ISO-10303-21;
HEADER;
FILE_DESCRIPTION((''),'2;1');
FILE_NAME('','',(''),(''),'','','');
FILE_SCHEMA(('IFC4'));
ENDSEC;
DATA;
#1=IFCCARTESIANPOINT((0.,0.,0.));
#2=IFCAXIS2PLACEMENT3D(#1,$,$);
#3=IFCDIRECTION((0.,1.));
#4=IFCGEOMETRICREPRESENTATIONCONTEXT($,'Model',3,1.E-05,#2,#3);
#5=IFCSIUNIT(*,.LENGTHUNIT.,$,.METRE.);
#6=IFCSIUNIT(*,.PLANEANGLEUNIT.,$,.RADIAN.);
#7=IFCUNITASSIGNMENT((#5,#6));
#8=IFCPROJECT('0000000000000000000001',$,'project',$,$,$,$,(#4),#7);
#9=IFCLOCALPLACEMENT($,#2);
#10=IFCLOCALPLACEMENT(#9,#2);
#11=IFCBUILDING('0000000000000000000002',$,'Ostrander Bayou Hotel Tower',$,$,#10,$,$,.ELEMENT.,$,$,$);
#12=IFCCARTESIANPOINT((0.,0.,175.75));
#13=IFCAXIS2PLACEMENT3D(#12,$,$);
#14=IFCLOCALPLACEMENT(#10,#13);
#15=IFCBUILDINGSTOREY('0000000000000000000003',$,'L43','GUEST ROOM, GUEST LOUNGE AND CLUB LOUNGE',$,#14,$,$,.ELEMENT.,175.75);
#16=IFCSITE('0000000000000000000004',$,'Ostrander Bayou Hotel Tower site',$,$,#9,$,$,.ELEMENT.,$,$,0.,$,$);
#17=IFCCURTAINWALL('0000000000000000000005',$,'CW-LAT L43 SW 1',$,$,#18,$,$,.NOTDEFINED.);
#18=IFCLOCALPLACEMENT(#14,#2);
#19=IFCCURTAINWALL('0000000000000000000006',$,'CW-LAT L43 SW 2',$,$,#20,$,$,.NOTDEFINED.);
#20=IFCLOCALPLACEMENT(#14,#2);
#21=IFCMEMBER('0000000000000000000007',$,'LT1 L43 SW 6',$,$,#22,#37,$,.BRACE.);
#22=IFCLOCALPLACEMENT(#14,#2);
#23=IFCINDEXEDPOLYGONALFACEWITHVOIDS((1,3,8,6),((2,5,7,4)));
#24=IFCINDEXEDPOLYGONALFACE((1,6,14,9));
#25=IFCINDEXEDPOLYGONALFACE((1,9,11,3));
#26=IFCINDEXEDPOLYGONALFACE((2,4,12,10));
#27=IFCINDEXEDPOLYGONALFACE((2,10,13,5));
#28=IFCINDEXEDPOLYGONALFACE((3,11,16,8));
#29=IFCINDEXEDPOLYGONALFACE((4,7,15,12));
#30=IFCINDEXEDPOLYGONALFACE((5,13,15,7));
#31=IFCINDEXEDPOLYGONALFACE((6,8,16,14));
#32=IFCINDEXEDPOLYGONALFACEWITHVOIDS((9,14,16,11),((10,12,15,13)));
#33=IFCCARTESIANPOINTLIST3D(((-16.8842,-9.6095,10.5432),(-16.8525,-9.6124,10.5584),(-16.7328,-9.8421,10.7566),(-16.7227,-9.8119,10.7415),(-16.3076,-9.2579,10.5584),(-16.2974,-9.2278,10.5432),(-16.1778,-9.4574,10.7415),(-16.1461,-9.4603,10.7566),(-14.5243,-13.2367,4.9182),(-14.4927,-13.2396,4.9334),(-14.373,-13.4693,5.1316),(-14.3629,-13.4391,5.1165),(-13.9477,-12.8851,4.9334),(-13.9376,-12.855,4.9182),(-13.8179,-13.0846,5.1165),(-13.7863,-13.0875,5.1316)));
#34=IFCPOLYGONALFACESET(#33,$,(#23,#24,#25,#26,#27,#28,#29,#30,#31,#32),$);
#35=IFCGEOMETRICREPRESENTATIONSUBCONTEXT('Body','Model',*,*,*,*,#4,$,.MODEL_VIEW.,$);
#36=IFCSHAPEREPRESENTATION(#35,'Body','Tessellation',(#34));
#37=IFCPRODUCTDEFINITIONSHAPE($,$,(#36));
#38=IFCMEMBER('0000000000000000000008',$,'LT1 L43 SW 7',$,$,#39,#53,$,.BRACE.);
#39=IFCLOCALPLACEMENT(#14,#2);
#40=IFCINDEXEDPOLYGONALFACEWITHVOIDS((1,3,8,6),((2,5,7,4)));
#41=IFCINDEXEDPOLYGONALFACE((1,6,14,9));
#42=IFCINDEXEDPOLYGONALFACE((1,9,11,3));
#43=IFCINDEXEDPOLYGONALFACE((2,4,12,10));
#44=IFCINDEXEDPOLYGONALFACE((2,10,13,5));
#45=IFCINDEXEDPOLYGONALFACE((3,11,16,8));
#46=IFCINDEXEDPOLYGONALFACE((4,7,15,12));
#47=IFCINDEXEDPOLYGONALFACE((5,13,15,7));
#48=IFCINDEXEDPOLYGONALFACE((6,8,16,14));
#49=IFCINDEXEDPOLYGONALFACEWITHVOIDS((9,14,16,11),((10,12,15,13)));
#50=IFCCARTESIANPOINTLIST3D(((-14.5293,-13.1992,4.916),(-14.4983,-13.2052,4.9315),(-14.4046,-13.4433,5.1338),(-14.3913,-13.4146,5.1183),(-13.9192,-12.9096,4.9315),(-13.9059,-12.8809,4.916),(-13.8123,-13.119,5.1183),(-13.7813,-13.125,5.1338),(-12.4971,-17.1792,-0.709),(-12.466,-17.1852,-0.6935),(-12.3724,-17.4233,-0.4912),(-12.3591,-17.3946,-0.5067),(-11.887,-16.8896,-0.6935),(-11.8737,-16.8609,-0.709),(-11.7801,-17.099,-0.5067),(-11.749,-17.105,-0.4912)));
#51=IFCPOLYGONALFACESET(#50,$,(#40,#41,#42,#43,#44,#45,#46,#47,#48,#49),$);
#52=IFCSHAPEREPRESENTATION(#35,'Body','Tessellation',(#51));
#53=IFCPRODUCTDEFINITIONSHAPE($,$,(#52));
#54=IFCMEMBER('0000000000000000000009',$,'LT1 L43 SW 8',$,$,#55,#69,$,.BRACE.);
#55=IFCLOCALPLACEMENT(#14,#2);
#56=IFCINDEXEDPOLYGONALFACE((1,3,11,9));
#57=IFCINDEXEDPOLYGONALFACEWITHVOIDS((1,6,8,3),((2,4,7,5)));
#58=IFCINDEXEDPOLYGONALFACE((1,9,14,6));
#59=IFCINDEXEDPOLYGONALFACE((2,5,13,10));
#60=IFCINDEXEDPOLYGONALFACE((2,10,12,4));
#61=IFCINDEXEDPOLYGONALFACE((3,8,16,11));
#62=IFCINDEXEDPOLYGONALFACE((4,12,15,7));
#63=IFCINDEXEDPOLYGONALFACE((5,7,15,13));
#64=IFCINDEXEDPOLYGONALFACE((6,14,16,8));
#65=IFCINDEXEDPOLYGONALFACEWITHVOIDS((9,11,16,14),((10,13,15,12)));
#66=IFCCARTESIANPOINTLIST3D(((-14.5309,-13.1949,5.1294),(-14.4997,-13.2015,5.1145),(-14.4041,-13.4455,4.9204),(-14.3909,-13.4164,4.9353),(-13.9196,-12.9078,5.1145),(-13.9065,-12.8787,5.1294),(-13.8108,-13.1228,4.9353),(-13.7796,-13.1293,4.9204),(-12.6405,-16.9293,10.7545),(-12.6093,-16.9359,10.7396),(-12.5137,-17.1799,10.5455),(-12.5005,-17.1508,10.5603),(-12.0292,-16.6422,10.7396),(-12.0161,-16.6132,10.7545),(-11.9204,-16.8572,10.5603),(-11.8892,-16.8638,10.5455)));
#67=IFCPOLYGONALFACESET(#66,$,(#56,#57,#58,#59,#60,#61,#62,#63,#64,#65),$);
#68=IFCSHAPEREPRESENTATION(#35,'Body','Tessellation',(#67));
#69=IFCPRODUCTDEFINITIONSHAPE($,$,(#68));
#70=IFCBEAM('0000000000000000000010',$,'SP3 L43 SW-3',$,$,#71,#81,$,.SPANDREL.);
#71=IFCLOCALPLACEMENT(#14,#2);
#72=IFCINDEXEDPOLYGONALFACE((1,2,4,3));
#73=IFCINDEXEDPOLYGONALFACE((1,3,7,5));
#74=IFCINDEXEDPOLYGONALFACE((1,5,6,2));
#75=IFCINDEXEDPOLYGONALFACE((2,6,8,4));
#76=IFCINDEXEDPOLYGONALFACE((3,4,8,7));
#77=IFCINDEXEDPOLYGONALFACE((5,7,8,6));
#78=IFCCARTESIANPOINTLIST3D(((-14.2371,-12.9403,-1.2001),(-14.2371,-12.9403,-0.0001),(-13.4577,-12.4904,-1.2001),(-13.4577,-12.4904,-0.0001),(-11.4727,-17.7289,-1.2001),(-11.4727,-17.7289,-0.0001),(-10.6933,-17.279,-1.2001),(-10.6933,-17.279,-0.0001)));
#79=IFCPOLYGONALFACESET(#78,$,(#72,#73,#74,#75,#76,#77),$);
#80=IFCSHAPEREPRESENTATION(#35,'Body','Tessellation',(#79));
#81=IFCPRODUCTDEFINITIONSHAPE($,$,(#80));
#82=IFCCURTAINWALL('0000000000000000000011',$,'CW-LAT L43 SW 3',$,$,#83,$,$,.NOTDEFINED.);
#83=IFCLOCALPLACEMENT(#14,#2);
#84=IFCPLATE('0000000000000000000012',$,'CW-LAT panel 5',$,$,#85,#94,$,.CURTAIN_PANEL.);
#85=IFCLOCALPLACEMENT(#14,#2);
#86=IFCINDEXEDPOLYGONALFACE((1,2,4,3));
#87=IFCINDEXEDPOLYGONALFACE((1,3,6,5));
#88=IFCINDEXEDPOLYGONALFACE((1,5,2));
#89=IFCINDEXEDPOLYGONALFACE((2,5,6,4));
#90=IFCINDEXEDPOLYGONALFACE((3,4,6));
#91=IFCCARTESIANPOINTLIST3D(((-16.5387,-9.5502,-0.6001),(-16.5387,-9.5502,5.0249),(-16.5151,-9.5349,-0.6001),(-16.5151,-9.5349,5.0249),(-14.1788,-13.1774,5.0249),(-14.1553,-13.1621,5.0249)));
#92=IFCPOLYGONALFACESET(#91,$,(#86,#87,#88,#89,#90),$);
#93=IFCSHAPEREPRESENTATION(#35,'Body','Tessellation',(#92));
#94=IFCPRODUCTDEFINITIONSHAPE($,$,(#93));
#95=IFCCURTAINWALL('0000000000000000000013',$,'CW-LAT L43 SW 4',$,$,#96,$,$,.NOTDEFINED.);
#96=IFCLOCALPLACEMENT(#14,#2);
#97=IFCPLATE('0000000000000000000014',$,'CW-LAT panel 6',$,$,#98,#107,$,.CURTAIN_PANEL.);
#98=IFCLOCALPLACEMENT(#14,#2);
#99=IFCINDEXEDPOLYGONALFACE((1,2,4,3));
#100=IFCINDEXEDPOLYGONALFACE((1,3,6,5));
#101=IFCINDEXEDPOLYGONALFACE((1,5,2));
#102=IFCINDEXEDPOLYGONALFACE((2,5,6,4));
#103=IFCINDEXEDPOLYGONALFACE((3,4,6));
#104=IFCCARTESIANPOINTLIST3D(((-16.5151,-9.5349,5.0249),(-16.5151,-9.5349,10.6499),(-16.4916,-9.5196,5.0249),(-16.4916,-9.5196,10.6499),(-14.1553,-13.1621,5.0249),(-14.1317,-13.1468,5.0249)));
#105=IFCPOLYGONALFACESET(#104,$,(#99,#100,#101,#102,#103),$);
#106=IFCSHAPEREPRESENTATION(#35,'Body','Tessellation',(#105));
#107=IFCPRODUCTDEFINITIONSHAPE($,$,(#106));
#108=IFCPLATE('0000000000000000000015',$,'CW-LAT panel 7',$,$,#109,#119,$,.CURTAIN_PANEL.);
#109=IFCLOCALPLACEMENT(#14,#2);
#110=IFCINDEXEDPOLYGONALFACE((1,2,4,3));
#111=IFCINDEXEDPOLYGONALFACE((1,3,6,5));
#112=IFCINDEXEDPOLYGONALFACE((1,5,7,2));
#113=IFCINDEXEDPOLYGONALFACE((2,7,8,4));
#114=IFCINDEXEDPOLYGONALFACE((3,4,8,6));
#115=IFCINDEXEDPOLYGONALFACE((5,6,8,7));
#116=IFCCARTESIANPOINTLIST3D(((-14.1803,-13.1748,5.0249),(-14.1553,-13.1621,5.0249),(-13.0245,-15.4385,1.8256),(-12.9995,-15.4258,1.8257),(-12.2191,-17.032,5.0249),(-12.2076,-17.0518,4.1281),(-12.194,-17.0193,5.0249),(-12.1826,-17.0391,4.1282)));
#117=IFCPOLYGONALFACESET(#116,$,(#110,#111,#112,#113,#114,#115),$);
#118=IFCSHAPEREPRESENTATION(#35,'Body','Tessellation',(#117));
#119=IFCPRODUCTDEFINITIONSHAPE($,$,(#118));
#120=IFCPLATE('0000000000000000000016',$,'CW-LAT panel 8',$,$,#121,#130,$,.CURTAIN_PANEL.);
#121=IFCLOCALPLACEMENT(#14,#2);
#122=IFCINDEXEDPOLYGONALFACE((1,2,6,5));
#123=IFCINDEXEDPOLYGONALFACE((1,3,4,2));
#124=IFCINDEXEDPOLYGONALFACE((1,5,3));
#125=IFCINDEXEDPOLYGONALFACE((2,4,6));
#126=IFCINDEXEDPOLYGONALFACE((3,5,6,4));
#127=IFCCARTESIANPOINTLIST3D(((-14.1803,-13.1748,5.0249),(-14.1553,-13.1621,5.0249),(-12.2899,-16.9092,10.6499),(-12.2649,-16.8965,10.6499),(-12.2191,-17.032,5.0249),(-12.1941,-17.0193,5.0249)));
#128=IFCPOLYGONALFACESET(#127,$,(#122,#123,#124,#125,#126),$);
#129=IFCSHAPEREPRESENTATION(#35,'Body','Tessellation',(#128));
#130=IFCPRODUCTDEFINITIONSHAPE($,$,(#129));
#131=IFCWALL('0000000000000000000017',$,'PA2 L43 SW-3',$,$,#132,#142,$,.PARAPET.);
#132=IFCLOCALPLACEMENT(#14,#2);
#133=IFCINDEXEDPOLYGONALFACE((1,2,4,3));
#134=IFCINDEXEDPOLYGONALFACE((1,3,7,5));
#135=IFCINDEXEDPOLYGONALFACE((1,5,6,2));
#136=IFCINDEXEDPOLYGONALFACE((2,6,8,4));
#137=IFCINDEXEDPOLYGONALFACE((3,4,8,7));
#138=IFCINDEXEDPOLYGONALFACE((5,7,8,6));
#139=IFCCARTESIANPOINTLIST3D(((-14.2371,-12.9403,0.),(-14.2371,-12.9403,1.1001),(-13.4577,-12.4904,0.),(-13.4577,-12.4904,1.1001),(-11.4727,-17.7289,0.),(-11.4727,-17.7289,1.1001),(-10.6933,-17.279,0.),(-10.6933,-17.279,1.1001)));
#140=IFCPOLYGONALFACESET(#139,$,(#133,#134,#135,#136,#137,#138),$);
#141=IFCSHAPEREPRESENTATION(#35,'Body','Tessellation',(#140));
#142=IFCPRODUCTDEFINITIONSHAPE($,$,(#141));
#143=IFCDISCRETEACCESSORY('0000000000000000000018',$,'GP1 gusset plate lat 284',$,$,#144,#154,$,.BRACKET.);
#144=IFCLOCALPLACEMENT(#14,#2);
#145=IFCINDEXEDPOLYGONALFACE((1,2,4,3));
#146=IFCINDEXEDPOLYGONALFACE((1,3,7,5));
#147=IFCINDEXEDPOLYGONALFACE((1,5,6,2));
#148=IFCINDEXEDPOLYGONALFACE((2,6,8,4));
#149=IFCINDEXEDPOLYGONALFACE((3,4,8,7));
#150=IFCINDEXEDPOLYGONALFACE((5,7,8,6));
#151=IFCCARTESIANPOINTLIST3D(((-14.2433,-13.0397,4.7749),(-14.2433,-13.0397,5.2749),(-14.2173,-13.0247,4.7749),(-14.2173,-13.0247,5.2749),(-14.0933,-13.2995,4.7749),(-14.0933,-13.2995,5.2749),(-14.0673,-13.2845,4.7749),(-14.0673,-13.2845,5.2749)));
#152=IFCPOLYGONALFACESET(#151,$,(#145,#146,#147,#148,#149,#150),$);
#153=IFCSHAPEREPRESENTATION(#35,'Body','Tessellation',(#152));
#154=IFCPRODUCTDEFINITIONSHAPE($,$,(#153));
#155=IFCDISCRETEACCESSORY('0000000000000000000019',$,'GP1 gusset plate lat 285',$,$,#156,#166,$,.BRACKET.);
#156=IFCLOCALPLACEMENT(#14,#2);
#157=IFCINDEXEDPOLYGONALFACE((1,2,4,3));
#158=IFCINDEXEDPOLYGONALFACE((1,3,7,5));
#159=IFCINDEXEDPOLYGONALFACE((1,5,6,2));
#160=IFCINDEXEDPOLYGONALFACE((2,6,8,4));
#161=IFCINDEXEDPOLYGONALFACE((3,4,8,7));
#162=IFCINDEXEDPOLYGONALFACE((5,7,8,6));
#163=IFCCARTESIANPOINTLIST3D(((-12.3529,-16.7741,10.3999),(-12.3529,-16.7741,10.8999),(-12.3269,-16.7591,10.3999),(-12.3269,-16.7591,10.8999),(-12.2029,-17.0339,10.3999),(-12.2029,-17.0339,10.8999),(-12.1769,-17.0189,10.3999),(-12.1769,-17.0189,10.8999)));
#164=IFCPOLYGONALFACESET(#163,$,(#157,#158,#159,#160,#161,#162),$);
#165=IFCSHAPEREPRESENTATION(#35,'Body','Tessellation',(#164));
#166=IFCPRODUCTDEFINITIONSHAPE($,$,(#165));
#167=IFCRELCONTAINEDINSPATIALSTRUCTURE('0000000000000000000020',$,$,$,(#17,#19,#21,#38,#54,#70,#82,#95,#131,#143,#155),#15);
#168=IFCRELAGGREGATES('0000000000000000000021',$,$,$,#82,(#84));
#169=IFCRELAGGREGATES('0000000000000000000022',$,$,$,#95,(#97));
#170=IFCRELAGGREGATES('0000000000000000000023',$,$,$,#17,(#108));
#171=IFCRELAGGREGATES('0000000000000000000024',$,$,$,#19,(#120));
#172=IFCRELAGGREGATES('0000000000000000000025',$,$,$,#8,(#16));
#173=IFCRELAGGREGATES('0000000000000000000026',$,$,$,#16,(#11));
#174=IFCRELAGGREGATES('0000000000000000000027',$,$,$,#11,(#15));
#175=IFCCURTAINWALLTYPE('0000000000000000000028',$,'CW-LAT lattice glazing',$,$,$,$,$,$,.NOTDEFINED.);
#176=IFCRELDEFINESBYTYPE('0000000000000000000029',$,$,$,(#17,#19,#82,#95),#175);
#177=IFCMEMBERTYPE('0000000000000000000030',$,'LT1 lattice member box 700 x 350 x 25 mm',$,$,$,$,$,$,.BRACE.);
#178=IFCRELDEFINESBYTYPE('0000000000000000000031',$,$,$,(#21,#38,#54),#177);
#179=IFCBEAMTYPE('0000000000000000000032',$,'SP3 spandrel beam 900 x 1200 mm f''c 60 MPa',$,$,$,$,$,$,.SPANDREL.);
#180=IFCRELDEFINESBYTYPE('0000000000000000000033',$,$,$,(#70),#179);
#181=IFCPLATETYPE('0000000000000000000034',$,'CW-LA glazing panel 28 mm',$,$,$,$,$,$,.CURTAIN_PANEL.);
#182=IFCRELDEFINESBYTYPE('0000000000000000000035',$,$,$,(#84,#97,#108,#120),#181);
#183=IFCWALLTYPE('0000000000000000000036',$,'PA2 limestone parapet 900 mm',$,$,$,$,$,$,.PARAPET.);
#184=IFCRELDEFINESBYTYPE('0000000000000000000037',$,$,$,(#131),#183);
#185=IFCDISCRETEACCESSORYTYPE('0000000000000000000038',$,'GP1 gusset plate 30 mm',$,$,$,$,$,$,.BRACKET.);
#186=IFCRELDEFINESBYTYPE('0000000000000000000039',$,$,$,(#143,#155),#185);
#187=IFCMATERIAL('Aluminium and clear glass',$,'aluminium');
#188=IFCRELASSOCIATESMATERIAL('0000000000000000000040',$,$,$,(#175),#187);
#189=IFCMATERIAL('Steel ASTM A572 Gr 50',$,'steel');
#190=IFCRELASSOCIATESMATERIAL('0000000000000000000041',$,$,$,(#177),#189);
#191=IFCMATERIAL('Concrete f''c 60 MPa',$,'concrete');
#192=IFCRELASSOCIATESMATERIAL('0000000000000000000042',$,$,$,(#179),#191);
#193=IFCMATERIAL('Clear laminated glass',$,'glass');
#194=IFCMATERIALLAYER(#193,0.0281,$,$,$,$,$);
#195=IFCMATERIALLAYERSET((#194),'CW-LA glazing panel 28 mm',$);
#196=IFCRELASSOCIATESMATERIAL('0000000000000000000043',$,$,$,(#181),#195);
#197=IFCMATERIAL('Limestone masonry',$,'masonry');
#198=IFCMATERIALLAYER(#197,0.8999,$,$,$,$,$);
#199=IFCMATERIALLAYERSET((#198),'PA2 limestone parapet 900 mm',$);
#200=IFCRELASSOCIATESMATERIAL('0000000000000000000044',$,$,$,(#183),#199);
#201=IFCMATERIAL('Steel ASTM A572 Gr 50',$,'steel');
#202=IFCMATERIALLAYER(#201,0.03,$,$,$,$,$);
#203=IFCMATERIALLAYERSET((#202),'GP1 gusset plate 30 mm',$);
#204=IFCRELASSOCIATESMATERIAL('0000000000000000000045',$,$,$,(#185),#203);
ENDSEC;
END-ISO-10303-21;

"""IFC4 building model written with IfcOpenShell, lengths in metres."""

from ifc_helpers import new_model, si_unit, direction, frame, frame_2d, origin, origin_2d, place, context, subcontext, project, spatial, polyline, rectangle, hollow_rectangle, outline, extrude, material, layer, layer_set, material_profile, profile_set, type_object, element, aggregate, save


model = new_model("IFC4")

# Units and contexts
model_context = context("Model", 3, precision=1e-05, world=origin(), true_north=direction((0.0, 1.0)))
body_context = subcontext(model_context, "Body", "Model", "MODEL_VIEW")
ifc_project = project(units=[si_unit("LENGTHUNIT", "METRE"), si_unit("PLANEANGLEUNIT", "RADIAN")], contexts=[model_context])

# Site, building, storey
site_placement = place(None, origin())
site = spatial("IfcSite", under=ifc_project, at=site_placement, Name="Ostrander Bayou Hotel Tower site", CompositionType="ELEMENT", RefElevation=0.0)
building_placement = place(site_placement, origin())
building = spatial("IfcBuilding", under=site, at=building_placement, Name="Ostrander Bayou Hotel Tower", CompositionType="ELEMENT")
storey_placement = place(building_placement, frame((0.0, 0.0, 175.75)))
storey = spatial("IfcBuildingStorey", under=building, at=storey_placement, Name="L43", Description="GUEST ROOM, GUEST LOUNGE AND CLUB LOUNGE", CompositionType="ELEMENT", Elevation=175.75)

# Curtain walls
ifc_material_1 = material(Name="Aluminium and clear glass", Category="aluminium")
curtain_wall_type = type_object("IfcCurtainWallType", Name="CW-LAT lattice glazing", PredefinedType="NOTDEFINED", material=ifc_material_1)
curtain_wall_1_placement = place(storey_placement, origin())
curtain_wall_1 = element("IfcCurtainWall", 1, at=curtain_wall_1_placement, inside=storey, type_object=curtain_wall_type, Name="CW-LAT L43 SW 1", PredefinedType="NOTDEFINED")
curtain_wall_2_placement = place(storey_placement, origin())
curtain_wall_2 = element("IfcCurtainWall", 2, at=curtain_wall_2_placement, inside=storey, type_object=curtain_wall_type, Name="CW-LAT L43 SW 2", PredefinedType="NOTDEFINED")

# Members
ifc_material_2 = material(Name="Steel ASTM A572 Gr 50", Category="steel")
ifc_material_profile_1 = material_profile(ifc_material_2, hollow_rectangle(XDim=0.7, YDim=0.3501, WallThickness=0.0249, at=origin_2d()))
ifc_profile_set_1 = profile_set([ifc_material_profile_1], Name="Steel ASTM A572 Gr 50")
member_type_1 = type_object("IfcMemberType", Name="LT1 lattice member box 700 x 350 x 25 mm", PredefinedType="BRACE", material=ifc_profile_set_1)
for number, where, z_axis, x_axis, name in (
    (3, (-14.1553, -13.1621, 5.0249), (-0.33252, 0.511095, 0.792598), (-0.838213, -0.545343, 0.0), "LT1 L43 SW 6"),
):
    element("IfcMember", number, at=place(storey_placement, frame(where, z_axis=z_axis, x_axis=x_axis)), inside=storey, type_object=member_type_1, Name=name, PredefinedType="BRACE", context=body_context, shape_type="SweptSolid", body=[
        extrude(hollow_rectangle(XDim=0.7, YDim=0.3501, WallThickness=0.0249, at=origin_2d()), origin(), (0.0, 0.0, 1.0), 7.0969),
    ])
member_1_placement = place(storey_placement, frame((-14.1553, -13.1621, 5.0249), z_axis=(0.28288, -0.554001, -0.782983), x_axis=(0.890615, 0.454759, 0.0)))
element("IfcMember", 4, at=member_1_placement, inside=storey, type_object=member_type_1, Name="LT1 L43 SW 7", PredefinedType="BRACE", context=body_context, shape_type="SweptSolid", body=[
    extrude(hollow_rectangle(XDim=0.7, YDim=0.3501, WallThickness=0.0249, at=origin_2d()), origin(), (0.0, 0.0, 1.0), 7.1841),
])
member_2_placement = place(storey_placement, frame((-14.1553, -13.1621, 5.0249), z_axis=(0.269615, -0.532615, 0.802265), x_axis=(0.8922, 0.451641, 0.0)))
element("IfcMember", 5, at=member_2_placement, inside=storey, type_object=member_type_1, Name="LT1 L43 SW 8", PredefinedType="BRACE", context=body_context, shape_type="SweptSolid", body=[
    extrude(hollow_rectangle(XDim=0.7, YDim=0.3501, WallThickness=0.0249, at=origin_2d()), origin(), (0.0, 0.0, 1.0), 7.0115),
])

# Beam
ifc_material_3 = material(Name="Concrete f'c 60 MPa", Category="concrete")
ifc_material_profile_2 = material_profile(ifc_material_3, rectangle(XDim=0.8999, YDim=1.2, at=origin_2d()))
ifc_profile_set_2 = profile_set([ifc_material_profile_2], Name="Concrete f'c 60 MPa")
beam_type_1 = type_object("IfcBeamType", Name="SP3 spandrel beam 900 x 1200 mm f'c 60 MPa", PredefinedType="SPANDREL", material=ifc_profile_set_2)
beam_1_placement = place(storey_placement, frame((-13.8474, -12.7153, -0.6001), z_axis=(0.499962, -0.866047, 0.0), x_axis=(0.866047, 0.499962, 0.0)))
element("IfcBeam", 6, at=beam_1_placement, inside=storey, type_object=beam_type_1, Name="SP3 L43 SW-3", PredefinedType="SPANDREL", context=body_context, shape_type="SweptSolid", body=[
    extrude(rectangle(XDim=0.8999, YDim=1.2, at=origin_2d()), origin(), (0.0, 0.0, 1.0), 5.5293),
])

# Curtain walls, plates
curtain_wall_3_placement = place(storey_placement, origin())
curtain_wall_3 = element("IfcCurtainWall", 7, at=curtain_wall_3_placement, inside=storey, type_object=curtain_wall_type, Name="CW-LAT L43 SW 3", PredefinedType="NOTDEFINED")
ifc_material_4 = material(Name="Clear laminated glass", Category="glass")
ifc_layer_1 = layer(ifc_material_4, 0.0281)
ifc_layer_set_1 = layer_set([ifc_layer_1], Name="CW-LA glazing panel 28 mm")
plate_type = type_object("IfcPlateType", Name="CW-LA glazing panel 28 mm", PredefinedType="CURTAIN_PANEL", material=ifc_layer_set_1)
plate_1_placement = place(storey_placement, frame((-14.1553, -13.1621, 5.0249), z_axis=(0.838213, 0.545343, 0.0), x_axis=(-0.33252, 0.511095, -0.792598)))
plate_1 = element("IfcPlate", 8, at=plate_1_placement, type_object=plate_type, Name="CW-LAT panel 5", PredefinedType="CURTAIN_PANEL", context=body_context, shape_type="SweptSolid", body=[
    extrude(outline(polyline([(0.0, 0.0), (7.0969, 0.0), (2.6385, 3.4298), (0.0, 0.0)])), origin(), (0.0, 0.0, -1.0), 0.0281),
])
aggregate(curtain_wall_3, [plate_1])
curtain_wall_4_placement = place(storey_placement, origin())
curtain_wall_4 = element("IfcCurtainWall", 9, at=curtain_wall_4_placement, inside=storey, type_object=curtain_wall_type, Name="CW-LAT L43 SW 4", PredefinedType="NOTDEFINED")
plate_2_placement = place(storey_placement, frame((-14.1553, -13.1621, 5.0249), z_axis=(-0.838213, -0.545343, 0.0), x_axis=(-0.33252, 0.511095, 0.792598)))
plate_2 = element("IfcPlate", 10, at=plate_2_placement, type_object=plate_type, Name="CW-LAT panel 6", PredefinedType="CURTAIN_PANEL", context=body_context, shape_type="SweptSolid", body=[
    extrude(outline(polyline([(0.0, 0.0), (7.0969, 0.0), (2.6385, 3.4298), (0.0, 0.0)])), origin(), (0.0, 0.0, -1.0), 0.0281),
])
aggregate(curtain_wall_4, [plate_2])

# Plates
plate_3_placement = place(storey_placement, frame((-14.1553, -13.1621, 5.0249), z_axis=(0.891387, 0.453241, 0.001345), x_axis=(0.453241, -0.891388, 0.0)))
plate_3 = element("IfcPlate", 11, at=plate_3_placement, type_object=plate_type, Name="CW-LAT panel 7", PredefinedType="CURTAIN_PANEL", context=body_context, shape_type="SweptSolid", body=[
    extrude(outline(polyline([(0.0, 0.0), (4.3271, 0.0), (4.35, 0.8967), (2.5416, 3.1992), (0.0, 0.0)])), origin(), (0.0, 0.0, -1.0), 0.0281),
])
aggregate(curtain_wall_1, [plate_3])
plate_4_placement = place(storey_placement, frame((-14.1553, -13.1621, 5.0249), z_axis=(0.891393, 0.453229, 0.001325), x_axis=(0.269615, -0.532615, 0.802265)))
plate_4 = element("IfcPlate", 12, at=plate_4_placement, type_object=plate_type, Name="CW-LAT panel 8", PredefinedType="CURTAIN_PANEL", context=body_context, shape_type="SweptSolid", body=[
    extrude(outline(polyline([(0.0, 0.0), (7.0114, 0.0), (2.5832, 3.4715), (0.0, 0.0)])), origin(), (0.0, 0.0, -1.0), 0.0281),
])
aggregate(curtain_wall_2, [plate_4])

# Wall
ifc_material_5 = material(Name="Limestone masonry", Category="masonry")
ifc_layer_2 = layer(ifc_material_5, 0.8999)
ifc_layer_set_2 = layer_set([ifc_layer_2], Name="PA2 limestone parapet 900 mm")
wall_type = type_object("IfcWallType", Name="PA2 limestone parapet 900 mm", PredefinedType="PARAPET", material=ifc_layer_set_2)
wall_placement = place(storey_placement, frame((-13.8474, -12.7153, 0.0), z_axis=(0.0, 0.0, 1.0), x_axis=(0.499962, -0.866047, 0.0)))
element("IfcWall", 13, at=wall_placement, inside=storey, type_object=wall_type, Name="PA2 L43 SW-3", PredefinedType="PARAPET", context=body_context, shape_type="SweptSolid", body=[
    extrude(rectangle(XDim=5.5293, YDim=0.8999, at=frame_2d((2.7646, 0.0))), origin(), (0.0, 0.0, 1.0), 1.1001),
])

# Discrete accessories
ifc_material_6 = material(Name="Steel ASTM A572 Gr 50", Category="steel")
ifc_layer_3 = layer(ifc_material_6, 0.03)
ifc_layer_set_3 = layer_set([ifc_layer_3], Name="GP1 gusset plate 30 mm")
discrete_accessory_type = type_object("IfcDiscreteAccessoryType", Name="GP1 gusset plate 30 mm", PredefinedType="BRACKET", material=ifc_layer_set_3)
for number, where, z_axis, x_axis, name in (
    (14, (-14.1553, -13.1621, 4.7749), (0.0, 0.0, 1.0), (0.5, -0.866025, 0.0), "GP1 gusset plate lat 284"),
    (15, (-12.2649, -16.8965, 10.3999), (0.0, 0.0, 1.0), (0.5, -0.866025, 0.0), "GP1 gusset plate lat 285"),
):
    element("IfcDiscreteAccessory", number, at=place(storey_placement, frame(where, z_axis=z_axis, x_axis=x_axis)), inside=storey, type_object=discrete_accessory_type, Name=name, PredefinedType="BRACKET", context=body_context, shape_type="SweptSolid", body=[
        extrude(rectangle(XDim=0.3, YDim=0.03, at=origin_2d()), origin(), (0.0, 0.0, 1.0), 0.5),
    ])

save(model, "model.ifc")
